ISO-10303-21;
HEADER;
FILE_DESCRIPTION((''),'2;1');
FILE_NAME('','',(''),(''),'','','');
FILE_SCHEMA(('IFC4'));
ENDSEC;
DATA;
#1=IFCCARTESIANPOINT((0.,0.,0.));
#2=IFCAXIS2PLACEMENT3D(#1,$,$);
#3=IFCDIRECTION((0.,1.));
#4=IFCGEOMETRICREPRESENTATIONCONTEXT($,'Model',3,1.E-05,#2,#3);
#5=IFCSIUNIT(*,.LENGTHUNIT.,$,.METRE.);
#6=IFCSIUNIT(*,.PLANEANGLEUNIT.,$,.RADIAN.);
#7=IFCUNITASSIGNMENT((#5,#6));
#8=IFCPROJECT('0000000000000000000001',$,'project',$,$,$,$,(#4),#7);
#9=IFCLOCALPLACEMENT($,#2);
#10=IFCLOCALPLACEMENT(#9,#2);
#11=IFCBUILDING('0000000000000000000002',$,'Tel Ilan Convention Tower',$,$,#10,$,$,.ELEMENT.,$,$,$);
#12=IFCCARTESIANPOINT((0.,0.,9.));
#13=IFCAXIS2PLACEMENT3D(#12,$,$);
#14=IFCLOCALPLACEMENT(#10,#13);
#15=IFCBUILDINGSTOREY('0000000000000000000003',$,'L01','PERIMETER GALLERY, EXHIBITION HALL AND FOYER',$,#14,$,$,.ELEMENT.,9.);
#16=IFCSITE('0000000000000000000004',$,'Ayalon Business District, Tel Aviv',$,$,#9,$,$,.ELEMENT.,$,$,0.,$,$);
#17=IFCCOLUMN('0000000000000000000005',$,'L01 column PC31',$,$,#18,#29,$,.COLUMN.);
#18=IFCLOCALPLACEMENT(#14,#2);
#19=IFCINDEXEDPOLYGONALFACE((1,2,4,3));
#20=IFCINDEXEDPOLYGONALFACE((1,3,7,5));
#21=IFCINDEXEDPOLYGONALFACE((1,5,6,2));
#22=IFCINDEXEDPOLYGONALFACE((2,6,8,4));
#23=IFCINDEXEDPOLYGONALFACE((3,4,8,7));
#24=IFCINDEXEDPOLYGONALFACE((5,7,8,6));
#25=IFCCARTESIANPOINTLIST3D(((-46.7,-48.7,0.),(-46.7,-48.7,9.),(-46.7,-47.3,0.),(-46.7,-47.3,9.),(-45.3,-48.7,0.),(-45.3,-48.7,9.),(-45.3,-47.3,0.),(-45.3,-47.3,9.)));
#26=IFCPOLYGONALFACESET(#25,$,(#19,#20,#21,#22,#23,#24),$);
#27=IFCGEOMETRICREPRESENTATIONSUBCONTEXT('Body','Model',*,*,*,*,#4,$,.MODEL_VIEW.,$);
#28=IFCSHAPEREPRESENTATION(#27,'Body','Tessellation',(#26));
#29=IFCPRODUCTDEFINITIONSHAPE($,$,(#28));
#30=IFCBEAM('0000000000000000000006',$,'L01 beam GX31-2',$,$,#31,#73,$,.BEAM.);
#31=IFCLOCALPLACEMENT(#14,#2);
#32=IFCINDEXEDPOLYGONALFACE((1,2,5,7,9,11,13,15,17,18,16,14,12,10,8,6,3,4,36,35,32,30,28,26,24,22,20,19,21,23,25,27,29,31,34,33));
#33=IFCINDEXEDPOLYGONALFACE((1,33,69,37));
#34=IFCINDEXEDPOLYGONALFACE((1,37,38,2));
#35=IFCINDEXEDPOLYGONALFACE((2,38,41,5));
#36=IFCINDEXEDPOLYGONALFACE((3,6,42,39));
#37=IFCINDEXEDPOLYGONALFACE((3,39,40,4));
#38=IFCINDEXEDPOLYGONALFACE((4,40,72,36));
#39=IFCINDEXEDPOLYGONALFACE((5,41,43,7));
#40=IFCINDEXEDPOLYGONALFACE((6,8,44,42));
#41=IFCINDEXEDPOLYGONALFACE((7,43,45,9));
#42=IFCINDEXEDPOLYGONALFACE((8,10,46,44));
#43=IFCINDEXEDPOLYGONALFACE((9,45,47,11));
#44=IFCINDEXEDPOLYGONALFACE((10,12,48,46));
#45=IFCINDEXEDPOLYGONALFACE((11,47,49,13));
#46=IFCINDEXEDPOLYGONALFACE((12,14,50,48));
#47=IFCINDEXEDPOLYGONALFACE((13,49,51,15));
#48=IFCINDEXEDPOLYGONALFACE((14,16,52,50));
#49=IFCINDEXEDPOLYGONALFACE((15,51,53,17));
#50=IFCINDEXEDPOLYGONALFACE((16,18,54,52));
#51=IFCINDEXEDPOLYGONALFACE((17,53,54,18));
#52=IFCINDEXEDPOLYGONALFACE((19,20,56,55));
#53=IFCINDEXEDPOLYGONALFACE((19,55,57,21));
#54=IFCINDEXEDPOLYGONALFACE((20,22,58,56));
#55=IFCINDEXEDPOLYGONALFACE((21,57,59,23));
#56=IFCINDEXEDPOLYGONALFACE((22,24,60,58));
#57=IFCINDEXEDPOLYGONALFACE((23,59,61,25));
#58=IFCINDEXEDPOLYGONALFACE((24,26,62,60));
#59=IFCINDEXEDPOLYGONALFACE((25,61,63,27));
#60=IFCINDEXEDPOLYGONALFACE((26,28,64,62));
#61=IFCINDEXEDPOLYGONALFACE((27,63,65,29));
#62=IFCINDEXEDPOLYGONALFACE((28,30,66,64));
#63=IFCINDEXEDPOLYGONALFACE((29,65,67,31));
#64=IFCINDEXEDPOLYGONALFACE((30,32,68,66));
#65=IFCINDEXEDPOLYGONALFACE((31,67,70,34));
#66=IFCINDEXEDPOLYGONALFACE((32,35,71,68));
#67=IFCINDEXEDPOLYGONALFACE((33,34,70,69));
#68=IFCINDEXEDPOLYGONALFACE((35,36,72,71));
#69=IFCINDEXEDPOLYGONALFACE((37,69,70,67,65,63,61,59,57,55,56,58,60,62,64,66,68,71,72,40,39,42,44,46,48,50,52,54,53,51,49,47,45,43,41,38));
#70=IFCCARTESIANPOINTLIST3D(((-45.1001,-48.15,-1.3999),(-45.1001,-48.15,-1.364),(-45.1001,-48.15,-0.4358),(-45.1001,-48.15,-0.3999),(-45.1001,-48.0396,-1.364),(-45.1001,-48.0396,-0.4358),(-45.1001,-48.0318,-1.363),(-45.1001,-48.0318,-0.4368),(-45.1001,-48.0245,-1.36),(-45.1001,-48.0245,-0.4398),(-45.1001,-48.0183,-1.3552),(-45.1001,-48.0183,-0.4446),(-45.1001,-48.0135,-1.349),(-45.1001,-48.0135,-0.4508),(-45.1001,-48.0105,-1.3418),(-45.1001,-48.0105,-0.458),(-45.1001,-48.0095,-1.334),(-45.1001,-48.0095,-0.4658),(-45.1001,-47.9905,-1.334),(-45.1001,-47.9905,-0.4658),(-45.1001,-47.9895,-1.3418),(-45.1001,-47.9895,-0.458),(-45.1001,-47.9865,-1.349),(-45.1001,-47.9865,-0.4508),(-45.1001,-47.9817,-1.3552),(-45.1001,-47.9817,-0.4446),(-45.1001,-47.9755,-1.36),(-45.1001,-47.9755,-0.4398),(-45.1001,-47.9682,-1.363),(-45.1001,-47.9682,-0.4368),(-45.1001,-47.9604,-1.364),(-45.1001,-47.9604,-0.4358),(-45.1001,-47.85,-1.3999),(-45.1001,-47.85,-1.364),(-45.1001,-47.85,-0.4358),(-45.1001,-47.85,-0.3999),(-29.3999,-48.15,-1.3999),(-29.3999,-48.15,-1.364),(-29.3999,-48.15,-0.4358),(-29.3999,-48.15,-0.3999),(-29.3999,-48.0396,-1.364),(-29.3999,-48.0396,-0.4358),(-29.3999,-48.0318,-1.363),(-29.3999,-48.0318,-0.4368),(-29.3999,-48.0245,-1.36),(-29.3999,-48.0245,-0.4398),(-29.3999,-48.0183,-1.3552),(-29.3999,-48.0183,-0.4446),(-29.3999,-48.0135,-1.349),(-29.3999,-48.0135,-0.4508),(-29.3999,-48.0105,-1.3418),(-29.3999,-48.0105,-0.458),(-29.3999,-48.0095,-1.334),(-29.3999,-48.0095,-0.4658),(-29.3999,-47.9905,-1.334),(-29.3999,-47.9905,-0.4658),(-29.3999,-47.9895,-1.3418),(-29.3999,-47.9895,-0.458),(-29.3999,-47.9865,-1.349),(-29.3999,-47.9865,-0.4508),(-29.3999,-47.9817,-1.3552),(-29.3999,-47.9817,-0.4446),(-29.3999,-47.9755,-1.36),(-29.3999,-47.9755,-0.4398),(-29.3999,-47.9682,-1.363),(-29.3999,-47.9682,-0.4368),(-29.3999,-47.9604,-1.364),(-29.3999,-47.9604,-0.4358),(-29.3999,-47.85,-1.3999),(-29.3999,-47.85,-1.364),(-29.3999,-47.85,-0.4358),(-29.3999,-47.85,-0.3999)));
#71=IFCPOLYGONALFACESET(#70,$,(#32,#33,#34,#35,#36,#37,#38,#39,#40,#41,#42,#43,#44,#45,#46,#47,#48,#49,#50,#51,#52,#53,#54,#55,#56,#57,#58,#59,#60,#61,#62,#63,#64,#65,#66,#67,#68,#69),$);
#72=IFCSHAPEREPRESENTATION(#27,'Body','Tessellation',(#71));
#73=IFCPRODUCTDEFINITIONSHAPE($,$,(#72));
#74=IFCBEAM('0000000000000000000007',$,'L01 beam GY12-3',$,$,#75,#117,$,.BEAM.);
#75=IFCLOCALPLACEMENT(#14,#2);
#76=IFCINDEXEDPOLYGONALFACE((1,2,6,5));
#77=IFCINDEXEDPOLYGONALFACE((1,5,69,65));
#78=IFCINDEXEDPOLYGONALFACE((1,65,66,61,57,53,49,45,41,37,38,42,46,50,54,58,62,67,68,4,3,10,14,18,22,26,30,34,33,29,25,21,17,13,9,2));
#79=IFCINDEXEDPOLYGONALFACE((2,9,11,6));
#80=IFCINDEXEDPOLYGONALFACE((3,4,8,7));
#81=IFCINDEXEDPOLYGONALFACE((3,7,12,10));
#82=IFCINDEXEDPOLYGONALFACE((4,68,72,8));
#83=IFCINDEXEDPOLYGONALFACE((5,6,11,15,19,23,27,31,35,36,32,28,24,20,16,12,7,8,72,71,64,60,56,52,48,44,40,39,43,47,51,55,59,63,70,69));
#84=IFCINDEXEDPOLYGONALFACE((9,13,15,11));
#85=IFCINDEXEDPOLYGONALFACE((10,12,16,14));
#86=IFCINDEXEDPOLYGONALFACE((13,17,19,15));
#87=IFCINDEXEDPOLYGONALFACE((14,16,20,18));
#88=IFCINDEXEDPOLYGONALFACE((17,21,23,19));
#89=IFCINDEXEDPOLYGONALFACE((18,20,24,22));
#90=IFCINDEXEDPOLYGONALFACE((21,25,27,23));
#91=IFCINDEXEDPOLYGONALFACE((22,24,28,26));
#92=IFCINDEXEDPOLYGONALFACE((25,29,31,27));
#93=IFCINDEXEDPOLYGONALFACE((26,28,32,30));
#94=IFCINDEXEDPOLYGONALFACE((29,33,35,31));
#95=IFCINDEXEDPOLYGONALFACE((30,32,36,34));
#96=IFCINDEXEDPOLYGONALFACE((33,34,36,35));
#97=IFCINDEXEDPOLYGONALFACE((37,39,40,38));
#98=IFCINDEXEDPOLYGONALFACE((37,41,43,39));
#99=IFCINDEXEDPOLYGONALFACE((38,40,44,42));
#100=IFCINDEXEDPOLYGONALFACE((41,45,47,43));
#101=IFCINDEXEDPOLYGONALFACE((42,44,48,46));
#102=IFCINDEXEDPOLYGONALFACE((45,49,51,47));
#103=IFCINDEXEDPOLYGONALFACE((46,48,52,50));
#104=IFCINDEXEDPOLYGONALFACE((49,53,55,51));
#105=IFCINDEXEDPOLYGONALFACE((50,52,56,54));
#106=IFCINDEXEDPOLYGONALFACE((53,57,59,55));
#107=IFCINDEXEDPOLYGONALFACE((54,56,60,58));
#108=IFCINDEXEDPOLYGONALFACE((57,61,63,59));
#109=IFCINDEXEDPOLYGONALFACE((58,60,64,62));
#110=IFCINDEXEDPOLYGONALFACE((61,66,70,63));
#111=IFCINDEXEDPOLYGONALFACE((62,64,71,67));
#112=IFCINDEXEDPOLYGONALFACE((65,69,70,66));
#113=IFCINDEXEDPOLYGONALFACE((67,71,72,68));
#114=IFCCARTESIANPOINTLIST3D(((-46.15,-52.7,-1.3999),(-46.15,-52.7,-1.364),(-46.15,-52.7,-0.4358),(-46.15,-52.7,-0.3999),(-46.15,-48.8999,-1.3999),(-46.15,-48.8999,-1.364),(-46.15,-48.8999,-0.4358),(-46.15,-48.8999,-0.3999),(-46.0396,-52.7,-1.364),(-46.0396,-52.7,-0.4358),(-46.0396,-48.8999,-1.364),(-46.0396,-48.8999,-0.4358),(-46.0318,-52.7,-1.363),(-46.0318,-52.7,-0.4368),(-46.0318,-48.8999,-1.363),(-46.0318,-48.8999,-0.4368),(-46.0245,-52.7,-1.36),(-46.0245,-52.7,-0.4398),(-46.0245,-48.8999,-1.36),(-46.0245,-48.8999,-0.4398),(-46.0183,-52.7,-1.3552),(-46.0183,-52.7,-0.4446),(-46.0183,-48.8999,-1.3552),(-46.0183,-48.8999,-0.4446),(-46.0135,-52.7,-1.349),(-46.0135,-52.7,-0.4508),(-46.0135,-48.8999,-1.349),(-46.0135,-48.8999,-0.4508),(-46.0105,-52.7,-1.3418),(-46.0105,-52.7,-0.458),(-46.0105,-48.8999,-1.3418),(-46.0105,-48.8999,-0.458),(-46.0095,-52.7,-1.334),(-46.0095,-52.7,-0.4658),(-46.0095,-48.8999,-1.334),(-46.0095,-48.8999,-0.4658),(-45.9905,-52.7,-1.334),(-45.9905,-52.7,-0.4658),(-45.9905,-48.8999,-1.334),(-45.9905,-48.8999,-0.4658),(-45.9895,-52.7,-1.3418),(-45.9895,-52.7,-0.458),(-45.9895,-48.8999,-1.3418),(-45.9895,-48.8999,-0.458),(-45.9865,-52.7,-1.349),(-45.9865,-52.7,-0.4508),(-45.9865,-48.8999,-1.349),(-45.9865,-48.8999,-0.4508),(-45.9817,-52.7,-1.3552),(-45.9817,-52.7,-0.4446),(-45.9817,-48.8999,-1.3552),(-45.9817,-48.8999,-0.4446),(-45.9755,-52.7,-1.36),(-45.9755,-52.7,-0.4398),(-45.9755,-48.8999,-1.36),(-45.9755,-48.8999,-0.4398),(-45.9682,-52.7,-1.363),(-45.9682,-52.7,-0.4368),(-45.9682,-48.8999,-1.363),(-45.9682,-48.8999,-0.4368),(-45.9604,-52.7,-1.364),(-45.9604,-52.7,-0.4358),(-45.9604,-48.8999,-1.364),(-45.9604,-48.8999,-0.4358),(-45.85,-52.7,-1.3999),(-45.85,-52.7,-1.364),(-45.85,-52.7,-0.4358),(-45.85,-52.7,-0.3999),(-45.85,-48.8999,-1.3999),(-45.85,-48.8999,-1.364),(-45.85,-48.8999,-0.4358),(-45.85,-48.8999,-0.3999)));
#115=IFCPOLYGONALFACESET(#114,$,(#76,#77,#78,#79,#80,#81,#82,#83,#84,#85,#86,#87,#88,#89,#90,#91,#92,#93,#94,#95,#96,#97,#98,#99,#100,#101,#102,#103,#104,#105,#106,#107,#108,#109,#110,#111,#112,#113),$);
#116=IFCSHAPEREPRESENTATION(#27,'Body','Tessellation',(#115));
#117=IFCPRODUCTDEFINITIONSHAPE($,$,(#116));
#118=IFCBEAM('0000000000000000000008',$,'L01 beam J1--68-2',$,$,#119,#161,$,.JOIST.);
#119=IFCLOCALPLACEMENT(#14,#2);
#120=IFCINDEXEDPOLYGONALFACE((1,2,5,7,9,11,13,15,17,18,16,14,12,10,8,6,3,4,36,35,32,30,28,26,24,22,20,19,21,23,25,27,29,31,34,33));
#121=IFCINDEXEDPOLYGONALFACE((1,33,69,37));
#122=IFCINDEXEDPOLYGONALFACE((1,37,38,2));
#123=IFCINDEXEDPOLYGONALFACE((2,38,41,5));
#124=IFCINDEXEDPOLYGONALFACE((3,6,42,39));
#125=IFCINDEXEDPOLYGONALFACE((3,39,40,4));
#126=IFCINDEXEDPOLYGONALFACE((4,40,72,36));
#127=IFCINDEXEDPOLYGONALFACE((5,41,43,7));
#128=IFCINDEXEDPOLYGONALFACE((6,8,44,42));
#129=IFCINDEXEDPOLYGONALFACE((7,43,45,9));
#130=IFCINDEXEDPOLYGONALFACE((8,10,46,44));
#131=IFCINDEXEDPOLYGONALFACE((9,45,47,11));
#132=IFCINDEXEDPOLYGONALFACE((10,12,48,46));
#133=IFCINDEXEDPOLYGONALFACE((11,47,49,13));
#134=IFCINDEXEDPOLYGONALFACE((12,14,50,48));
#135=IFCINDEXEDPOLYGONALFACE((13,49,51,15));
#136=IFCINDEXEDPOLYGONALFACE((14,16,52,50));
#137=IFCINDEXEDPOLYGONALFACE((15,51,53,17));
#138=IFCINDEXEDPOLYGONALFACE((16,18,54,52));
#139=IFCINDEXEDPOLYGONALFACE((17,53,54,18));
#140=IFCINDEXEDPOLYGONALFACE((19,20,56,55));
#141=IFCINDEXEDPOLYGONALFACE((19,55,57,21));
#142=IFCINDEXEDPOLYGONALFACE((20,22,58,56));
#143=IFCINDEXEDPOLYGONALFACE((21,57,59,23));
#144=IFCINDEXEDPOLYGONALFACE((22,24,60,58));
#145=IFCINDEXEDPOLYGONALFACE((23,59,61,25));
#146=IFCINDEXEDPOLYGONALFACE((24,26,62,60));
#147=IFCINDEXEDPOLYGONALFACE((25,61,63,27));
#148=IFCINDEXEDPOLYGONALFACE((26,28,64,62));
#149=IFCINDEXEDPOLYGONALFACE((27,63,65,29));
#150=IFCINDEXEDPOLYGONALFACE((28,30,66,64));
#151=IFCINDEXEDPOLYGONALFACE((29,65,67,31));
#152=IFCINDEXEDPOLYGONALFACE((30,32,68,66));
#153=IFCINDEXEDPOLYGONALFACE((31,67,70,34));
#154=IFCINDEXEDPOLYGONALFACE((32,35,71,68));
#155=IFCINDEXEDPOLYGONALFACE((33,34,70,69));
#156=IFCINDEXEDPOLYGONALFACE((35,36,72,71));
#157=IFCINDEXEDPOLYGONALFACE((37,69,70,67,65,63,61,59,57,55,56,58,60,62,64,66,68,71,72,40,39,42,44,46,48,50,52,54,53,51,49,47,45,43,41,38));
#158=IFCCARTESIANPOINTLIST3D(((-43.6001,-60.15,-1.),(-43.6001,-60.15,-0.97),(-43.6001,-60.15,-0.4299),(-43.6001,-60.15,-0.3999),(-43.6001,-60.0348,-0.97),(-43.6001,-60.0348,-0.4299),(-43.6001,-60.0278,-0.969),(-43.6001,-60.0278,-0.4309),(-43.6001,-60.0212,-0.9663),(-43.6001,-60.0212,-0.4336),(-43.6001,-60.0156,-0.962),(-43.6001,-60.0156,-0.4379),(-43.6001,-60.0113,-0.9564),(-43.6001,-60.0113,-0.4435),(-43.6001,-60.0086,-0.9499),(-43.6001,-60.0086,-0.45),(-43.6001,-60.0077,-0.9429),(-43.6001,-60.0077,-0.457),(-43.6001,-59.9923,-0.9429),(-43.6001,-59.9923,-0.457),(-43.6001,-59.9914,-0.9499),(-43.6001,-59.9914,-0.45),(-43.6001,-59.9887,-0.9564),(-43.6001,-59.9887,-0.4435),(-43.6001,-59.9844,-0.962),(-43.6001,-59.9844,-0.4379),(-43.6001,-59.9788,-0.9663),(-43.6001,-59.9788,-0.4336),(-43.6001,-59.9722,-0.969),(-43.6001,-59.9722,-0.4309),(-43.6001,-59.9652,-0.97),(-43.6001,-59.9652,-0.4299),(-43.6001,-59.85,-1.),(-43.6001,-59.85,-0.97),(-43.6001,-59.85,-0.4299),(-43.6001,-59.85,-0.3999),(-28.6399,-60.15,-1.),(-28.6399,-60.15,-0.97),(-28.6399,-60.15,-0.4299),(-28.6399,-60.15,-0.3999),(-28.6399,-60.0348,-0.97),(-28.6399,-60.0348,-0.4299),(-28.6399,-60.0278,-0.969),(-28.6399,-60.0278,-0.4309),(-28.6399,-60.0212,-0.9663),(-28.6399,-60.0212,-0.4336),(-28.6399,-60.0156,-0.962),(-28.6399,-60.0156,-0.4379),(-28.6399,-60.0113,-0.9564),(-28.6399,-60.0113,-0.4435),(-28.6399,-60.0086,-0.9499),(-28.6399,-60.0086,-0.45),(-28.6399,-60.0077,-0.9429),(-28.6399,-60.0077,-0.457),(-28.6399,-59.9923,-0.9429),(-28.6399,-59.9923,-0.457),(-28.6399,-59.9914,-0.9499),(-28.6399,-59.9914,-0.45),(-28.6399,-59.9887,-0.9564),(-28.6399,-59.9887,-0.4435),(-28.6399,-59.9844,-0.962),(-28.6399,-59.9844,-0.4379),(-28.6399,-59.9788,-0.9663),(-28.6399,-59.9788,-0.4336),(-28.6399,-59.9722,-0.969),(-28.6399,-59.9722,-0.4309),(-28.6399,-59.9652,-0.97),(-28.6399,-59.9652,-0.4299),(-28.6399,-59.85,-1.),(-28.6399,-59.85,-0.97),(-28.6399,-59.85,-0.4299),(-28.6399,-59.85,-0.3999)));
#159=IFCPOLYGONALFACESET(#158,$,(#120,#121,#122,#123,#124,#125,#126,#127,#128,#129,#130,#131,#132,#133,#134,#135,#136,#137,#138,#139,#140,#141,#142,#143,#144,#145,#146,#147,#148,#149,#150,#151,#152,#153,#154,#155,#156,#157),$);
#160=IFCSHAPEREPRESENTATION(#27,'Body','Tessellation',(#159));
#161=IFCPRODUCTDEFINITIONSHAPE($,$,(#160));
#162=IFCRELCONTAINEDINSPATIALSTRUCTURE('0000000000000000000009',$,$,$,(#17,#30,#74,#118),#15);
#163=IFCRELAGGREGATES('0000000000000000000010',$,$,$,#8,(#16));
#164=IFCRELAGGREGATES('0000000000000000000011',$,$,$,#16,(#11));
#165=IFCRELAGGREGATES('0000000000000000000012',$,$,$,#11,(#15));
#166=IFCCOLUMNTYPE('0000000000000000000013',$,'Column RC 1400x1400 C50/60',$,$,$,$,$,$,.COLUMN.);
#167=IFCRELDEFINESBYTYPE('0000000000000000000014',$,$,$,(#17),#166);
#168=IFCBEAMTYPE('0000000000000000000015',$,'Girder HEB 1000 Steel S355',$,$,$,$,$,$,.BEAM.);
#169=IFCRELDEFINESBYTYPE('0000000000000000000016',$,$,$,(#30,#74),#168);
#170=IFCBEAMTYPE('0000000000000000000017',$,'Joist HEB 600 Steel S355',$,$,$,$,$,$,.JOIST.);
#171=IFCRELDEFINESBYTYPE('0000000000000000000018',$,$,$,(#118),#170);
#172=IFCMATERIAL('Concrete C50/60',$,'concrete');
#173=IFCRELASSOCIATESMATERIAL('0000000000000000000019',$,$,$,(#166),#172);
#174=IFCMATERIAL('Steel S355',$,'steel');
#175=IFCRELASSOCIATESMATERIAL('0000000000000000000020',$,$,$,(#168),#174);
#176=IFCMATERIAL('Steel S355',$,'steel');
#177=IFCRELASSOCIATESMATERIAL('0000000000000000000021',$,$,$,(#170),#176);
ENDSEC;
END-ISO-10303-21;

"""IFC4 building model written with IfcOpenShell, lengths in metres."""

from ifc_helpers import new_model, si_unit, direction, frame, origin, origin_2d, place, context, subcontext, project, spatial, rectangle, i_section, extrude, material, material_profile, profile_set, type_object, element, save


model = new_model("IFC4")

# Units and contexts
model_context = context("Model", 3, precision=1e-05, world=origin(), true_north=direction((0.0, 1.0)))
body_context = subcontext(model_context, "Body", "Model", "MODEL_VIEW")
ifc_project = project(units=[si_unit("LENGTHUNIT", "METRE"), si_unit("PLANEANGLEUNIT", "RADIAN")], contexts=[model_context])

# Site, building, storey
site_placement = place(None, origin())
site = spatial("IfcSite", under=ifc_project, at=site_placement, Name="Ayalon Business District, Tel Aviv", CompositionType="ELEMENT", RefElevation=0.0)
building_placement = place(site_placement, origin())
building = spatial("IfcBuilding", under=site, at=building_placement, Name="Tel Ilan Convention Tower", CompositionType="ELEMENT")
storey_placement = place(building_placement, frame((0.0, 0.0, 9.0)))
storey = spatial("IfcBuildingStorey", under=building, at=storey_placement, Name="L01", Description="PERIMETER GALLERY, EXHIBITION HALL AND FOYER", CompositionType="ELEMENT", Elevation=9.0)

# Column
ifc_material_1 = material(Name="Concrete C50/60", Category="concrete")
ifc_material_profile_1 = material_profile(ifc_material_1, rectangle(XDim=1.3999, YDim=1.3999, at=origin_2d()), Name="RC 1400x1400")
ifc_profile_set_1 = profile_set([ifc_material_profile_1], Name="Concrete C50/60")
column_type = type_object("IfcColumnType", Name="Column RC 1400x1400 C50/60", PredefinedType="COLUMN", material=ifc_profile_set_1)
column_placement = place(storey_placement, frame((-46.0, -48.0, 0.0), z_axis=(0.0, 0.0, 1.0), x_axis=(1.0, 0.0, 0.0)))
element("IfcColumn", 1, at=column_placement, inside=storey, type_object=column_type, Name="L01 column PC31", PredefinedType="COLUMN", context=body_context, shape_type="SweptSolid", body=[
    extrude(rectangle(XDim=1.3999, YDim=1.3999, at=origin_2d()), origin(), (0.0, 0.0, 1.0), 9.0),
])

# Beams
ifc_material_2 = material(Name="Steel S355", Category="steel")
ifc_material_profile_2 = material_profile(ifc_material_2, i_section(OverallWidth=0.3, OverallDepth=1.0, WebThickness=0.019, FlangeThickness=0.0359, FilletRadius=0.03, at=origin_2d()), Name="HEB 1000")
ifc_profile_set_2 = profile_set([ifc_material_profile_2], Name="Steel S355")
beam_type_1 = type_object("IfcBeamType", Name="Girder HEB 1000 Steel S355", PredefinedType="BEAM", material=ifc_profile_set_2)
beam_1_placement = place(storey_placement, frame((-45.1001, -48.0, -0.8999), z_axis=(1.0, 0.0, 0.0), x_axis=(0.0, 1.0, 0.0)))
element("IfcBeam", 2, at=beam_1_placement, inside=storey, type_object=beam_type_1, Name="L01 beam GX31-2", PredefinedType="BEAM", context=body_context, shape_type="SweptSolid", body=[
    extrude(i_section(OverallWidth=0.3, OverallDepth=1.0, WebThickness=0.019, FlangeThickness=0.0359, FilletRadius=0.03, at=origin_2d()), origin(), (0.0, 0.0, 1.0), 15.7002),
])
beam_2_placement = place(storey_placement, frame((-46.0, -52.7, -0.8999), z_axis=(0.0, 1.0, 0.0), x_axis=(-1.0, 0.0, 0.0)))
element("IfcBeam", 3, at=beam_2_placement, inside=storey, type_object=beam_type_1, Name="L01 beam GY12-3", PredefinedType="BEAM", context=body_context, shape_type="SweptSolid", body=[
    extrude(i_section(OverallWidth=0.3, OverallDepth=1.0, WebThickness=0.019, FlangeThickness=0.0359, FilletRadius=0.03, at=origin_2d()), origin(), (0.0, 0.0, 1.0), 3.8),
])
ifc_material_3 = material(Name="Steel S355", Category="steel")
ifc_material_profile_3 = material_profile(ifc_material_3, i_section(OverallWidth=0.3, OverallDepth=0.6001, WebThickness=0.0154, FlangeThickness=0.03, FilletRadius=0.0271, at=origin_2d()), Name="HEB 600")
ifc_profile_set_3 = profile_set([ifc_material_profile_3], Name="Steel S355")
beam_type_2 = type_object("IfcBeamType", Name="Joist HEB 600 Steel S355", PredefinedType="JOIST", material=ifc_profile_set_3)
for number, where, z_axis, x_axis, name in (
    (4, (-43.6001, -60.0, -0.7), (1.0, 0.0, 0.0), (0.0, 1.0, 0.0), "L01 beam J1--68-2"),
):
    element("IfcBeam", number, at=place(storey_placement, frame(where, z_axis=z_axis, x_axis=x_axis)), inside=storey, type_object=beam_type_2, Name=name, PredefinedType="JOIST", context=body_context, shape_type="SweptSolid", body=[
        extrude(i_section(OverallWidth=0.3, OverallDepth=0.6001, WebThickness=0.0154, FlangeThickness=0.03, FilletRadius=0.0271, at=origin_2d()), origin(), (0.0, 0.0, 1.0), 14.9602),
    ])

save(model, "model.ifc")
